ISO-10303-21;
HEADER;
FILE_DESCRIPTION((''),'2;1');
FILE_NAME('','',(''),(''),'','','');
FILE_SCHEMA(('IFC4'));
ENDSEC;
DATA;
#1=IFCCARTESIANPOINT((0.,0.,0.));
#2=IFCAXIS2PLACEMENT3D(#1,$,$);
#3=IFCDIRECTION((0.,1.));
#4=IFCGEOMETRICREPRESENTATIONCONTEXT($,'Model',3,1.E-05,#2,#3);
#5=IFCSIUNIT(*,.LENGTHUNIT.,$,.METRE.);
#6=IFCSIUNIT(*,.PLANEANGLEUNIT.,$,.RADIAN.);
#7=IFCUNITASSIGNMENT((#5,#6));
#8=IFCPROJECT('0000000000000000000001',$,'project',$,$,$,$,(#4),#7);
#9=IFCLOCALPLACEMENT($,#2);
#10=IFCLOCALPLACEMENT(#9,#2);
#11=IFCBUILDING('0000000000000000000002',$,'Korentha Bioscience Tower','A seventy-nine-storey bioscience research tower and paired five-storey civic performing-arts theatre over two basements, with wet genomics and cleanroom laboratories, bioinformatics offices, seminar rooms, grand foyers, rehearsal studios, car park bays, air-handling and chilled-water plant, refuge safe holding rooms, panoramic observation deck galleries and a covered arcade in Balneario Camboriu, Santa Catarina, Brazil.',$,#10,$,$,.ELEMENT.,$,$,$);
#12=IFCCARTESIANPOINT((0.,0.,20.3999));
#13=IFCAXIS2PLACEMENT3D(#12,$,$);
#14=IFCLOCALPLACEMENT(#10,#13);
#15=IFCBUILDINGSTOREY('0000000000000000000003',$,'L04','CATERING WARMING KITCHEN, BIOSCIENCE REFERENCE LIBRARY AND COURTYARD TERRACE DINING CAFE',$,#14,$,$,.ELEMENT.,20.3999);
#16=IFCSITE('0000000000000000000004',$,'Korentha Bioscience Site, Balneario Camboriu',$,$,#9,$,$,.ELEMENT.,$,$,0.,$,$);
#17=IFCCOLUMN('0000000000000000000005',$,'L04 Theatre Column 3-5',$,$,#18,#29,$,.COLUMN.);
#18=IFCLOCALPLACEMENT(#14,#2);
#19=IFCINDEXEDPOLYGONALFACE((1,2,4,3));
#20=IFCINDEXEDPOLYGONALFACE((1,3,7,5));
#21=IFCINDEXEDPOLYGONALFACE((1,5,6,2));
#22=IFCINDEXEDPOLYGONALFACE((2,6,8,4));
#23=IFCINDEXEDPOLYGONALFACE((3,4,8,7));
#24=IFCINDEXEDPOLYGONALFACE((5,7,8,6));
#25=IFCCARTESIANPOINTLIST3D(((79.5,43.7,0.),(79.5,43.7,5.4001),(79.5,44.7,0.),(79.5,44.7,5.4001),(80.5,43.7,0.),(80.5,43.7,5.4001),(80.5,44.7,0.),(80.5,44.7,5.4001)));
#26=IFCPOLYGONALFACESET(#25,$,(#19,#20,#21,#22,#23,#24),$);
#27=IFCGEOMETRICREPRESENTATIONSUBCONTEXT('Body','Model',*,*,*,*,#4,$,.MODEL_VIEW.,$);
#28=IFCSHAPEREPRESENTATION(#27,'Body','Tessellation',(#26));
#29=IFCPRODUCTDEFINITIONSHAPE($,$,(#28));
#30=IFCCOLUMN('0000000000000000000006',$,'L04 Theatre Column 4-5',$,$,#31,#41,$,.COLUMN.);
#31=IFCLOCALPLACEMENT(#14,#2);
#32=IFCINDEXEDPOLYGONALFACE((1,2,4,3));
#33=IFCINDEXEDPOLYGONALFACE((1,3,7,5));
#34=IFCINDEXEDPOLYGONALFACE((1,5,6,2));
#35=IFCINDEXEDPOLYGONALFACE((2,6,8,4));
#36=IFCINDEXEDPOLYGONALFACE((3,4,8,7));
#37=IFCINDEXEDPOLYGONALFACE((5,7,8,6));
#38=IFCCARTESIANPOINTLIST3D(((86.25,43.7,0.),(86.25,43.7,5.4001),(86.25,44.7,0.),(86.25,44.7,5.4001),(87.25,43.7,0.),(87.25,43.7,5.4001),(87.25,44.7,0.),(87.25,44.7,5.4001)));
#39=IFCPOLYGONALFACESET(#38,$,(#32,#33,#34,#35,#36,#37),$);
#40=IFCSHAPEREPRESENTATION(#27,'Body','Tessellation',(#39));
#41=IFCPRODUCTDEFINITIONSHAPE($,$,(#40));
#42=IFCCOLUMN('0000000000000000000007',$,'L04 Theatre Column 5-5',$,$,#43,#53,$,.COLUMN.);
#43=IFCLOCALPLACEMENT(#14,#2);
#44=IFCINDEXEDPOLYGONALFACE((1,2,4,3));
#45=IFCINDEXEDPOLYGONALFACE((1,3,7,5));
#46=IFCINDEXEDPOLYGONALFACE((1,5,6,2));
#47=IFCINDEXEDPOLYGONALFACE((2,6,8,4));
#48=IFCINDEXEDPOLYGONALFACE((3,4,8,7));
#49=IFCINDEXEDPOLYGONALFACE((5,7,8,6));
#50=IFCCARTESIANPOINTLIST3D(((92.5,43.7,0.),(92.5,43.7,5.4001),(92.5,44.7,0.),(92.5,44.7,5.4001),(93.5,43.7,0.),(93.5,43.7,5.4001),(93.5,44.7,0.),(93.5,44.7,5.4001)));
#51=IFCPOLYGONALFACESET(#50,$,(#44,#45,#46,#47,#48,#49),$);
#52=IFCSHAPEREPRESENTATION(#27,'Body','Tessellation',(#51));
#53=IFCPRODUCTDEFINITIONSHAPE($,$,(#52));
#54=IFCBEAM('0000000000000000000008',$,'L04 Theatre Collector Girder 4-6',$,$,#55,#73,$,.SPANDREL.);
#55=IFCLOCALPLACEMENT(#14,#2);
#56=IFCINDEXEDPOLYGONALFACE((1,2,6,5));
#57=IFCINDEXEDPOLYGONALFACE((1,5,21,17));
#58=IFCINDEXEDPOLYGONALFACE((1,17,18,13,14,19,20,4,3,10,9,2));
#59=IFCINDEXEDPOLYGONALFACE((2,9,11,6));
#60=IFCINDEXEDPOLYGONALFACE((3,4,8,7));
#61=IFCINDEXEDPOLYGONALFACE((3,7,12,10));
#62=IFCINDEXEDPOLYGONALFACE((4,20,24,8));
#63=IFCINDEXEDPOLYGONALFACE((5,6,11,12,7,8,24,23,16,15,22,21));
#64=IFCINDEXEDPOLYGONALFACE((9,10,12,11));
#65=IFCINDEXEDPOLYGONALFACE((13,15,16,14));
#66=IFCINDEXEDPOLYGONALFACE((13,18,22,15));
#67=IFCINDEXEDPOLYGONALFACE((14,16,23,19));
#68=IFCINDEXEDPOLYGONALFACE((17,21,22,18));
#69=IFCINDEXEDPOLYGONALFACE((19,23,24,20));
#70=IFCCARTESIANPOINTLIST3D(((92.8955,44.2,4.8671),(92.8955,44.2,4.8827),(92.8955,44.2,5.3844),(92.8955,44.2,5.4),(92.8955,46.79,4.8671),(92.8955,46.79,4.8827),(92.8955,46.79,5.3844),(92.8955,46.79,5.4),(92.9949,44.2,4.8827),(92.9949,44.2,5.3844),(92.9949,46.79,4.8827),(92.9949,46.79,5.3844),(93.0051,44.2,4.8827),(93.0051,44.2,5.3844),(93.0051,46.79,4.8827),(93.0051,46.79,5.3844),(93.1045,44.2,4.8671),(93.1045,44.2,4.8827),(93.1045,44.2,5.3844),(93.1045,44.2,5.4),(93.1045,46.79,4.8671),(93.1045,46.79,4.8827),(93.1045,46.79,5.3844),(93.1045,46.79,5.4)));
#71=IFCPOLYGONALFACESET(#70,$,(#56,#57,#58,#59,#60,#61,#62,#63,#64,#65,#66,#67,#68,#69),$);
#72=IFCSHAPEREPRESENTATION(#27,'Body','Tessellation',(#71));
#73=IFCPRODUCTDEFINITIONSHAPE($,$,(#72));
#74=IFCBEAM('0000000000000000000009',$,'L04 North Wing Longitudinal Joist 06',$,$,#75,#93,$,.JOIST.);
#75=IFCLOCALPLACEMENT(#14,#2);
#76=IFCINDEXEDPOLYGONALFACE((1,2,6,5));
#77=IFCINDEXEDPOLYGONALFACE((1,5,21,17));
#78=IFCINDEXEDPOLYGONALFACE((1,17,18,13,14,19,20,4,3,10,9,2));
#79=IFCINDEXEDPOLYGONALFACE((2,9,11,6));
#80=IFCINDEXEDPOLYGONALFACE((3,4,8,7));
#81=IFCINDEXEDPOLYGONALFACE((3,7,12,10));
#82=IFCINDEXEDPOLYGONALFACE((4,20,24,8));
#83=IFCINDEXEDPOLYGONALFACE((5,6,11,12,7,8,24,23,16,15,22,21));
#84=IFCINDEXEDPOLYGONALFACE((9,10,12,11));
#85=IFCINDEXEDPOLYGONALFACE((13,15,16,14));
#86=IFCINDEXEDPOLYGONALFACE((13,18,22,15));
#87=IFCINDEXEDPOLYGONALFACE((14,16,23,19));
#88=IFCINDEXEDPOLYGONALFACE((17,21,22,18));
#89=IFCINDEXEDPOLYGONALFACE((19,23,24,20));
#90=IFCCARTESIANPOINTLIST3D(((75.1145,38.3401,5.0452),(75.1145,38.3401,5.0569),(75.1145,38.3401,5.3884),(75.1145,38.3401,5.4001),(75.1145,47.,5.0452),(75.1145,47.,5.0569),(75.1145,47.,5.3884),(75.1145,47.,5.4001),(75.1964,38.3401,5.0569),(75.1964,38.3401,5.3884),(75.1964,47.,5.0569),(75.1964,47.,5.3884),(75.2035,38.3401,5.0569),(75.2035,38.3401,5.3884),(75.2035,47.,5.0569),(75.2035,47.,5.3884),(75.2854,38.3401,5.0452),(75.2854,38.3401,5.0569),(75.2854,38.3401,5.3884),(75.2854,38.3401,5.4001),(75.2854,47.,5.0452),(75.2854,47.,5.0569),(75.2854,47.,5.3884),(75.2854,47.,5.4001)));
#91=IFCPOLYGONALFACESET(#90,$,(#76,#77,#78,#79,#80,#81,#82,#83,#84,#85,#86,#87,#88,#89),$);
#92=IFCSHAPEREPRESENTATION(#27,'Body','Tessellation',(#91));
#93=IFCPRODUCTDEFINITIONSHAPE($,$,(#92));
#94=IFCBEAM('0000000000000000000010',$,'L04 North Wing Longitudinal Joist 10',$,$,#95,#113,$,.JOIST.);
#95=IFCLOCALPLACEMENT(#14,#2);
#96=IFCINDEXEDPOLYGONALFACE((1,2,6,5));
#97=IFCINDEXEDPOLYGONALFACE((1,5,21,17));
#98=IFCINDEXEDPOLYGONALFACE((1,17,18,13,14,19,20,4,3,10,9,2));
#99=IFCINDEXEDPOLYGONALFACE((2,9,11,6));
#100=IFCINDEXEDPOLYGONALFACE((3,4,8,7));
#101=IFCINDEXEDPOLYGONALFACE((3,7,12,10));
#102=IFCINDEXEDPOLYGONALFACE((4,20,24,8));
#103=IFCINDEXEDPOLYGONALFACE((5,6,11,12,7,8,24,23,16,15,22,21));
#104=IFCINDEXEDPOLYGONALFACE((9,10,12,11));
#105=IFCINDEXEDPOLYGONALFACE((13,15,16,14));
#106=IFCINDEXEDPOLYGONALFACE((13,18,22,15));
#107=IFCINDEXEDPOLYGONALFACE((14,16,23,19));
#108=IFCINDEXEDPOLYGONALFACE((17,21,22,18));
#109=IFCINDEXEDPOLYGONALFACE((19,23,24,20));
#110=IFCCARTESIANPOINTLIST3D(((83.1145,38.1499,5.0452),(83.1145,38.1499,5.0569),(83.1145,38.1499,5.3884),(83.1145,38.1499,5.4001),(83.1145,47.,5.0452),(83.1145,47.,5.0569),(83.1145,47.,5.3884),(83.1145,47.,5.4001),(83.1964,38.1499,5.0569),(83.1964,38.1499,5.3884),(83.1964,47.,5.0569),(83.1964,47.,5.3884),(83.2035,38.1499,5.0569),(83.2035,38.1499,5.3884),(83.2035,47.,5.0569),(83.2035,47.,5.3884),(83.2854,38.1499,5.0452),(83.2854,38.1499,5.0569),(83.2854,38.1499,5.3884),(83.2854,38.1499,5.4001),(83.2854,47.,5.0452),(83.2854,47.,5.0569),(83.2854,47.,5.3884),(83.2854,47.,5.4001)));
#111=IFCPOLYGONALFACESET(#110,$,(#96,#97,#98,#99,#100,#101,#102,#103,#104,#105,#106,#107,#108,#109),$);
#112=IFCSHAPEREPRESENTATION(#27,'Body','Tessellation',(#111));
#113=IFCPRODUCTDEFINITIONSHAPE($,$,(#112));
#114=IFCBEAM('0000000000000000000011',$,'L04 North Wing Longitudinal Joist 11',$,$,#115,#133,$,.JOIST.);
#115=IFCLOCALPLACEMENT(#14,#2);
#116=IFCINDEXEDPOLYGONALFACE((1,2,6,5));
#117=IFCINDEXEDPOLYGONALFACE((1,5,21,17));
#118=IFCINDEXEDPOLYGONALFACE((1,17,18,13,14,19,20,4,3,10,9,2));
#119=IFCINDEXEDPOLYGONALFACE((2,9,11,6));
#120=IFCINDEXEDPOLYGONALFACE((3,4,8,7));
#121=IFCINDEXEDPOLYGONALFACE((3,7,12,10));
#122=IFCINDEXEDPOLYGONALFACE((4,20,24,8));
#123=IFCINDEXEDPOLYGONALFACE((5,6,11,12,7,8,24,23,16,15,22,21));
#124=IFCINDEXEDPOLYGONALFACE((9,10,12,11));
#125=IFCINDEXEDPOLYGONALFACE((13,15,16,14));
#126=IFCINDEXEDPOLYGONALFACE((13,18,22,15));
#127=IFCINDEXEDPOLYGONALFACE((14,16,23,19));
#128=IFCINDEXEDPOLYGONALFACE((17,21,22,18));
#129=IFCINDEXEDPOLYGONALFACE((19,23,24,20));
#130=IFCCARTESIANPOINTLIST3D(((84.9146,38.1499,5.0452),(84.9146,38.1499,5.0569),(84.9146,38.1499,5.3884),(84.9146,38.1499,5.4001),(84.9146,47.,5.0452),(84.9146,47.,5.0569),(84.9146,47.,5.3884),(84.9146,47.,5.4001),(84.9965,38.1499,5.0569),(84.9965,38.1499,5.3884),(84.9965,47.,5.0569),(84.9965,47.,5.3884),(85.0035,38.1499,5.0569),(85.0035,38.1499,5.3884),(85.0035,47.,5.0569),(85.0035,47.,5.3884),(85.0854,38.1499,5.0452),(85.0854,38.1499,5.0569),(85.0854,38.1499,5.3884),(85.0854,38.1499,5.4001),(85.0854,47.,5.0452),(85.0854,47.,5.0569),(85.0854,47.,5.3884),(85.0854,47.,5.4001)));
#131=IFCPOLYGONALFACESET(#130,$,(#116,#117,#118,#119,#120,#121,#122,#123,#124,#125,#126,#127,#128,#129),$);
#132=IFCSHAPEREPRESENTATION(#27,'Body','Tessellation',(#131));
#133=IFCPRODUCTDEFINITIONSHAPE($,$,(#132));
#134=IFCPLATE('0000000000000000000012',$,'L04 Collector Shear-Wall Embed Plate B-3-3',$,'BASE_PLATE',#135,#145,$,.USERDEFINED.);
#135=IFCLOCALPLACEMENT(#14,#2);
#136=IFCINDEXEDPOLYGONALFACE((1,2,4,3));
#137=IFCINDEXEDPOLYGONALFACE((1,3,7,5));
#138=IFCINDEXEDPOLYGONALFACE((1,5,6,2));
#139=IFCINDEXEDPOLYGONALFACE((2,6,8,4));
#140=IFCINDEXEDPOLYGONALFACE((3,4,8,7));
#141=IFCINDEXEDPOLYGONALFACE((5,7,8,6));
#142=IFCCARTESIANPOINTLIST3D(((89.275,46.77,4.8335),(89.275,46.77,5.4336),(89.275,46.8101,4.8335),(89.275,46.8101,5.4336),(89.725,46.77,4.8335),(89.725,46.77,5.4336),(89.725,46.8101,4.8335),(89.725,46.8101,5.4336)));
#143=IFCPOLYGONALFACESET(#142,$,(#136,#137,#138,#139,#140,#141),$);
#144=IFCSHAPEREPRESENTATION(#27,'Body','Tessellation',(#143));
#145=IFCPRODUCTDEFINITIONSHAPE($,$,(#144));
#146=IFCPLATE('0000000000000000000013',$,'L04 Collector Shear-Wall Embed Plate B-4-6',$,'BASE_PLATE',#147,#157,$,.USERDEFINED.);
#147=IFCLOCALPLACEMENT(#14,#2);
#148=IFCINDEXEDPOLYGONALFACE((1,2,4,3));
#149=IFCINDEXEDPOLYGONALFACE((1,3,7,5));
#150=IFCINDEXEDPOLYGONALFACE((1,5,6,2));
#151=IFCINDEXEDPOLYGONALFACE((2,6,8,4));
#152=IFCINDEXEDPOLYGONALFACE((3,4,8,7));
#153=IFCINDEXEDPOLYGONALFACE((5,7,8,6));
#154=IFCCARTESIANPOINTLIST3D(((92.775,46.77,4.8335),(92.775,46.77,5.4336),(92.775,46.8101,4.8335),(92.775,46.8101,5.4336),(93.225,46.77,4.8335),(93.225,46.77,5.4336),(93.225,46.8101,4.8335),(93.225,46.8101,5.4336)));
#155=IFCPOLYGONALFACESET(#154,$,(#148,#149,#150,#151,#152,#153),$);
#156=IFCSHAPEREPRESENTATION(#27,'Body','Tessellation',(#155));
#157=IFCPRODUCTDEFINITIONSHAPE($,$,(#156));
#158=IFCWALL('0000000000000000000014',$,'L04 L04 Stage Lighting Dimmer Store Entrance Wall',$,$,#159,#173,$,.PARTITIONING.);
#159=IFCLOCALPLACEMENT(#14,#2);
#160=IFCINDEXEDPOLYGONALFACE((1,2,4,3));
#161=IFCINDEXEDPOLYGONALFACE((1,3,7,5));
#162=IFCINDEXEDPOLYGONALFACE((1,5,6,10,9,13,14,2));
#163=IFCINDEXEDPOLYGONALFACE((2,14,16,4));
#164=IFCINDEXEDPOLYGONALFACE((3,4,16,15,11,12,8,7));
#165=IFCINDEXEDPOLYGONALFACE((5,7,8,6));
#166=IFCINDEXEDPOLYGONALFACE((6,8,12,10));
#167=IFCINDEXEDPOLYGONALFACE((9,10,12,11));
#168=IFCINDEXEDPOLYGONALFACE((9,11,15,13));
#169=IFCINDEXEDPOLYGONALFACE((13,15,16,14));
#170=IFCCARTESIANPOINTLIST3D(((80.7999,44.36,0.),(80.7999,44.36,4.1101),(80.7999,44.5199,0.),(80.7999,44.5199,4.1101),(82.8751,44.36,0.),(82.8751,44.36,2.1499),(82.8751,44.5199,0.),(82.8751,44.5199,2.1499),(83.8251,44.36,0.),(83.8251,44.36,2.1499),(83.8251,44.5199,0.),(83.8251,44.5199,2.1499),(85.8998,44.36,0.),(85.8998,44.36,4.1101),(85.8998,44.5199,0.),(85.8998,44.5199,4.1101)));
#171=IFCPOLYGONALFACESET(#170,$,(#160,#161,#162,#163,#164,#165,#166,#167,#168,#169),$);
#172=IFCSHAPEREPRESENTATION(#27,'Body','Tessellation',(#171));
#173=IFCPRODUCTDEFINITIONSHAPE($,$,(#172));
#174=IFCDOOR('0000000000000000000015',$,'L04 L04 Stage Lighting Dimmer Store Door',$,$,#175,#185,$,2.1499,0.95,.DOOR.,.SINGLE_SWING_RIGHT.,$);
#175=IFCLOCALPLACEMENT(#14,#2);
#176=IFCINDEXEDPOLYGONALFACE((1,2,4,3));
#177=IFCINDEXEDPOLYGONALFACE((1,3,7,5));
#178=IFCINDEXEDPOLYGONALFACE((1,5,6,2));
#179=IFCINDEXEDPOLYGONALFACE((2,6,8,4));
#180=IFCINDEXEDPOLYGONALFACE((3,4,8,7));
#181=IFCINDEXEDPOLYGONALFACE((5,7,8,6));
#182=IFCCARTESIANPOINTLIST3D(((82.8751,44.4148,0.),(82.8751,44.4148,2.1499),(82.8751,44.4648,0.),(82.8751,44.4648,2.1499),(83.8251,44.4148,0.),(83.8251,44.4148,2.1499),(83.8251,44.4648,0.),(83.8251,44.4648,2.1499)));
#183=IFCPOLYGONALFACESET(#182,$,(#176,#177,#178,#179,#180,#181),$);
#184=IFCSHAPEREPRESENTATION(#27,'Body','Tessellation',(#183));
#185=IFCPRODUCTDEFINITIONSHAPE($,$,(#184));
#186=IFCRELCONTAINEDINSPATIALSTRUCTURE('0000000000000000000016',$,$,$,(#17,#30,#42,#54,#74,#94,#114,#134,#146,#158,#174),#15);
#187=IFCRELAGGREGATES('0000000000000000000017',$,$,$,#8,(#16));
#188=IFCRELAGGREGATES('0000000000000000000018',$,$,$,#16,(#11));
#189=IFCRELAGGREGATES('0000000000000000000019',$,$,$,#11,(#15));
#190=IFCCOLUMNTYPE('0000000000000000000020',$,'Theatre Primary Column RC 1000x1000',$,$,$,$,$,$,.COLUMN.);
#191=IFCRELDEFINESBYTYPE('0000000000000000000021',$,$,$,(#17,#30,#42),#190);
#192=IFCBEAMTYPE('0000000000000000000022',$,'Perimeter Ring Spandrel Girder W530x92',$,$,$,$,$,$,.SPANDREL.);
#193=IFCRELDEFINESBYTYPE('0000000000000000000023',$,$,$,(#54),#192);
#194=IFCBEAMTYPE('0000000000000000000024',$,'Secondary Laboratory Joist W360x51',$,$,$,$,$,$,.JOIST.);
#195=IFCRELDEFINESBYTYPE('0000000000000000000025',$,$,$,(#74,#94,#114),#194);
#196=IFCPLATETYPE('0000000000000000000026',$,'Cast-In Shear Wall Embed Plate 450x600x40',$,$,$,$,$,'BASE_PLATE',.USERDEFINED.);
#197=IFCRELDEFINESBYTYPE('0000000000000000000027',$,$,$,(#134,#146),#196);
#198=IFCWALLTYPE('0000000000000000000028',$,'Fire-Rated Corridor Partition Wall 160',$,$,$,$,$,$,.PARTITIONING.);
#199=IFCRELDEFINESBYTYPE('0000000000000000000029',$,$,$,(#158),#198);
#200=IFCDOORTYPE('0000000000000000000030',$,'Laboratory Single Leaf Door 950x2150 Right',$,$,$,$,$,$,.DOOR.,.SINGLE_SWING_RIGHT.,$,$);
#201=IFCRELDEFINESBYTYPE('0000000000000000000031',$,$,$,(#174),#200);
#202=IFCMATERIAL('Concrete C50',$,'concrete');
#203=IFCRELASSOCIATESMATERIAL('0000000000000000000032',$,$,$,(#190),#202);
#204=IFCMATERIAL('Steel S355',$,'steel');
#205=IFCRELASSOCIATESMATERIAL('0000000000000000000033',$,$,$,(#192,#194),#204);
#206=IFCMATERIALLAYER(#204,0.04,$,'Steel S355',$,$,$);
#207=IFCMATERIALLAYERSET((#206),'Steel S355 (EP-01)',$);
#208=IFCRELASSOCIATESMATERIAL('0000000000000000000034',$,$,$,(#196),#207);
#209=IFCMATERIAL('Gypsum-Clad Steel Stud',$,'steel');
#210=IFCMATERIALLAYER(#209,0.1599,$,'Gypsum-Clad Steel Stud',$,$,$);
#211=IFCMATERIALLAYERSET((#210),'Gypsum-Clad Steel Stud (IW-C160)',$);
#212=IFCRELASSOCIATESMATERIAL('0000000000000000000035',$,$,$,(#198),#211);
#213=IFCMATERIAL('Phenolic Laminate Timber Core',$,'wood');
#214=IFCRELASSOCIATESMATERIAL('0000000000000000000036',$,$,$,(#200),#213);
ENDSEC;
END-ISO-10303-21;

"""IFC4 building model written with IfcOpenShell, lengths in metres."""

from ifc_helpers import new_model, si_unit, direction, frame, frame_2d, origin, origin_2d, place, context, subcontext, project, spatial, rectangle, i_section, extrude, material, layer, layer_set, material_profile, profile_set, type_object, element, fill, save


model = new_model("IFC4")

# Units and contexts
model_context = context("Model", 3, precision=1e-05, world=origin(), true_north=direction((0.0, 1.0)))
body_context = subcontext(model_context, "Body", "Model", "MODEL_VIEW")
ifc_project = project(units=[si_unit("LENGTHUNIT", "METRE"), si_unit("PLANEANGLEUNIT", "RADIAN")], contexts=[model_context])

# Site, building, storey
site_placement = place(None, origin())
site = spatial("IfcSite", under=ifc_project, at=site_placement, Name="Korentha Bioscience Site, Balneario Camboriu", CompositionType="ELEMENT", RefElevation=0.0)
building_placement = place(site_placement, origin())
building = spatial("IfcBuilding", under=site, at=building_placement, Name="Korentha Bioscience Tower", Description="A seventy-nine-storey bioscience research tower and paired five-storey civic performing-arts theatre over two basements, with wet genomics and cleanroom laboratories, bioinformatics offices, seminar rooms, grand foyers, rehearsal studios, car park bays, air-handling and chilled-water plant, refuge safe holding rooms, panoramic observation deck galleries and a covered arcade in Balneario Camboriu, Santa Catarina, Brazil.", CompositionType="ELEMENT")
storey_placement = place(building_placement, frame((0.0, 0.0, 20.3999)))
storey = spatial("IfcBuildingStorey", under=building, at=storey_placement, Name="L04", Description="CATERING WARMING KITCHEN, BIOSCIENCE REFERENCE LIBRARY AND COURTYARD TERRACE DINING CAFE", CompositionType="ELEMENT", Elevation=20.3999)

# Columns
ifc_material_1 = material(Name="Concrete C50", Category="concrete")
ifc_material_profile_1 = material_profile(ifc_material_1, rectangle(XDim=1.0, YDim=1.0, at=origin_2d()), Name="Concrete C50")
ifc_profile_set_1 = profile_set([ifc_material_profile_1], Name="Concrete C50 (TC-01)")
column_type = type_object("IfcColumnType", Name="Theatre Primary Column RC 1000x1000", PredefinedType="COLUMN", material=ifc_profile_set_1)
for number, where, z_axis, x_axis, name in (
    (1, (80.0, 44.2, 0.0), (0.0, 0.0, 1.0), (1.0, 0.0, 0.0), "L04 Theatre Column 3-5"),
    (2, (86.75, 44.2, 0.0), (0.0, 0.0, 1.0), (1.0, 0.0, 0.0), "L04 Theatre Column 4-5"),
    (3, (93.0, 44.2, 0.0), (0.0, 0.0, 1.0), (1.0, 0.0, 0.0), "L04 Theatre Column 5-5"),
):
    element("IfcColumn", number, at=place(storey_placement, frame(where, z_axis=z_axis, x_axis=x_axis)), inside=storey, type_object=column_type, Name=name, PredefinedType="COLUMN", context=body_context, shape_type="SweptSolid", body=[
        extrude(rectangle(XDim=1.0, YDim=1.0, at=origin_2d()), origin(), (0.0, 0.0, 1.0), 5.4001),
    ])

# Beams
ifc_material_2 = material(Name="Steel S355", Category="steel")
ifc_material_profile_2 = material_profile(ifc_material_2, i_section(OverallWidth=0.209, OverallDepth=0.533, WebThickness=0.0103, FlangeThickness=0.0156, at=origin_2d()), Name="Steel S355")
ifc_profile_set_2 = profile_set([ifc_material_profile_2], Name="Steel S355 (SB-530)")
beam_type_1 = type_object("IfcBeamType", Name="Perimeter Ring Spandrel Girder W530x92", PredefinedType="SPANDREL", material=ifc_profile_set_2)
beam_1_placement = place(storey_placement, frame((93.0, 44.2, 5.1335), z_axis=(0.0, 1.0, 0.0), x_axis=(-1.0, 0.0, 0.0)))
element("IfcBeam", 4, at=beam_1_placement, inside=storey, type_object=beam_type_1, Name="L04 Theatre Collector Girder 4-6", PredefinedType="SPANDREL", context=body_context, shape_type="SweptSolid", body=[
    extrude(i_section(OverallWidth=0.209, OverallDepth=0.533, WebThickness=0.0103, FlangeThickness=0.0156, at=origin_2d()), origin(), (0.0, 0.0, 1.0), 2.5901),
])
ifc_material_profile_3 = material_profile(ifc_material_2, i_section(OverallWidth=0.1709, OverallDepth=0.355, WebThickness=0.0071, FlangeThickness=0.0117, at=origin_2d()), Name="Steel S355")
ifc_profile_set_3 = profile_set([ifc_material_profile_3], Name="Steel S355 (JB-360)")
beam_type_2 = type_object("IfcBeamType", Name="Secondary Laboratory Joist W360x51", PredefinedType="JOIST", material=ifc_profile_set_3)
beam_2_placement = place(storey_placement, frame((75.2, 38.3401, 5.2227), z_axis=(0.0, 1.0, 0.0), x_axis=(-1.0, 0.0, 0.0)))
element("IfcBeam", 5, at=beam_2_placement, inside=storey, type_object=beam_type_2, Name="L04 North Wing Longitudinal Joist 06", PredefinedType="JOIST", context=body_context, shape_type="SweptSolid", body=[
    extrude(i_section(OverallWidth=0.1709, OverallDepth=0.355, WebThickness=0.0071, FlangeThickness=0.0117, at=origin_2d()), origin(), (0.0, 0.0, 1.0), 8.6599),
])
for number, where, z_axis, x_axis, name in (
    (6, (83.2, 38.1499, 5.2227), (0.0, 1.0, 0.0), (-1.0, 0.0, 0.0), "L04 North Wing Longitudinal Joist 10"),
    (7, (85.0, 38.1499, 5.2227), (0.0, 1.0, 0.0), (-1.0, 0.0, 0.0), "L04 North Wing Longitudinal Joist 11"),
):
    element("IfcBeam", number, at=place(storey_placement, frame(where, z_axis=z_axis, x_axis=x_axis)), inside=storey, type_object=beam_type_2, Name=name, PredefinedType="JOIST", context=body_context, shape_type="SweptSolid", body=[
        extrude(i_section(OverallWidth=0.1709, OverallDepth=0.355, WebThickness=0.0071, FlangeThickness=0.0117, at=origin_2d()), origin(), (0.0, 0.0, 1.0), 8.8501),
    ])

# Plates
ifc_layer_1 = layer(ifc_material_2, 0.04, Name="Steel S355")
ifc_layer_set_1 = layer_set([ifc_layer_1], Name="Steel S355 (EP-01)")
plate_type = type_object("IfcPlateType", Name="Cast-In Shear Wall Embed Plate 450x600x40", ElementType="BASE_PLATE", PredefinedType="USERDEFINED", material=ifc_layer_set_1)
for number, where, z_axis, x_axis, name in (
    (8, (89.5, 46.79, 4.8335), (0.0, 0.0, 1.0), (1.0, 0.0, 0.0), "L04 Collector Shear-Wall Embed Plate B-3-3"),
    (9, (93.0, 46.79, 4.8335), (0.0, 0.0, 1.0), (1.0, 0.0, 0.0), "L04 Collector Shear-Wall Embed Plate B-4-6"),
):
    element("IfcPlate", number, at=place(storey_placement, frame(where, z_axis=z_axis, x_axis=x_axis)), inside=storey, type_object=plate_type, Name=name, ObjectType="BASE_PLATE", PredefinedType="USERDEFINED", context=body_context, shape_type="SweptSolid", body=[
        extrude(rectangle(XDim=0.45, YDim=0.04, at=origin_2d()), origin(), (0.0, 0.0, 1.0), 0.6001),
    ])

# Wall, opening, door
ifc_material_3 = material(Name="Gypsum-Clad Steel Stud", Category="steel")
ifc_layer_2 = layer(ifc_material_3, 0.1599, Name="Gypsum-Clad Steel Stud")
ifc_layer_set_2 = layer_set([ifc_layer_2], Name="Gypsum-Clad Steel Stud (IW-C160)")
wall_type_1 = type_object("IfcWallType", Name="Fire-Rated Corridor Partition Wall 160", PredefinedType="PARTITIONING", material=ifc_layer_set_2)
wall_1_placement = place(storey_placement, frame((80.8, 44.4399, 0.0), z_axis=(0.0, 0.0, 1.0), x_axis=(1.0, 0.0, 0.0)))
wall_1 = element("IfcWall", 10, at=wall_1_placement, inside=storey, type_object=wall_type_1, Name="L04 L04 Stage Lighting Dimmer Store Entrance Wall", PredefinedType="PARTITIONING", context=body_context, shape_type="SweptSolid", body=[
    extrude(rectangle(XDim=5.0999, YDim=0.1599, at=frame_2d((2.5498, 0.0))), origin(), (0.0, 0.0, 1.0), 4.1101),
])
opening_1_placement = place(wall_1_placement, frame((2.075, 0.0, 0.0)))
opening_1 = element("IfcOpeningElement", 11, at=opening_1_placement, cuts=wall_1, PredefinedType="OPENING", context=body_context, shape_type="SweptSolid", body=[
    extrude(rectangle(XDim=0.95, YDim=2.1499, at=frame_2d((0.4751, 1.075))), frame((0.0, 0.0947, 0.0), z_axis=(0.0, -1.0, 0.0), x_axis=(1.0, 0.0, 0.0)), (0.0, 0.0, 1.0), 0.1897),
])
ifc_material_4 = material(Name="Phenolic Laminate Timber Core", Category="wood")
door_type_1 = type_object("IfcDoorType", Name="Laboratory Single Leaf Door 950x2150 Right", OperationType="SINGLE_SWING_RIGHT", PredefinedType="DOOR", material=ifc_material_4)
door_1_placement = place(opening_1_placement, origin())
door_1 = element("IfcDoor", 12, at=door_1_placement, inside=storey, type_object=door_type_1, Name="L04 L04 Stage Lighting Dimmer Store Door", OperationType="SINGLE_SWING_RIGHT", OverallHeight=2.1499, OverallWidth=0.95, PredefinedType="DOOR", context=body_context, shape_type="SweptSolid", body=[
    extrude(rectangle(XDim=0.95, YDim=2.1499, at=frame_2d((0.4751, 1.075))), frame((0.0, 0.0249, 0.0), z_axis=(0.0, -1.0, 0.0), x_axis=(1.0, 0.0, 0.0)), (0.0, 0.0, 1.0), 0.05),
])
fill(opening_1, door_1)

save(model, "model.ifc")
